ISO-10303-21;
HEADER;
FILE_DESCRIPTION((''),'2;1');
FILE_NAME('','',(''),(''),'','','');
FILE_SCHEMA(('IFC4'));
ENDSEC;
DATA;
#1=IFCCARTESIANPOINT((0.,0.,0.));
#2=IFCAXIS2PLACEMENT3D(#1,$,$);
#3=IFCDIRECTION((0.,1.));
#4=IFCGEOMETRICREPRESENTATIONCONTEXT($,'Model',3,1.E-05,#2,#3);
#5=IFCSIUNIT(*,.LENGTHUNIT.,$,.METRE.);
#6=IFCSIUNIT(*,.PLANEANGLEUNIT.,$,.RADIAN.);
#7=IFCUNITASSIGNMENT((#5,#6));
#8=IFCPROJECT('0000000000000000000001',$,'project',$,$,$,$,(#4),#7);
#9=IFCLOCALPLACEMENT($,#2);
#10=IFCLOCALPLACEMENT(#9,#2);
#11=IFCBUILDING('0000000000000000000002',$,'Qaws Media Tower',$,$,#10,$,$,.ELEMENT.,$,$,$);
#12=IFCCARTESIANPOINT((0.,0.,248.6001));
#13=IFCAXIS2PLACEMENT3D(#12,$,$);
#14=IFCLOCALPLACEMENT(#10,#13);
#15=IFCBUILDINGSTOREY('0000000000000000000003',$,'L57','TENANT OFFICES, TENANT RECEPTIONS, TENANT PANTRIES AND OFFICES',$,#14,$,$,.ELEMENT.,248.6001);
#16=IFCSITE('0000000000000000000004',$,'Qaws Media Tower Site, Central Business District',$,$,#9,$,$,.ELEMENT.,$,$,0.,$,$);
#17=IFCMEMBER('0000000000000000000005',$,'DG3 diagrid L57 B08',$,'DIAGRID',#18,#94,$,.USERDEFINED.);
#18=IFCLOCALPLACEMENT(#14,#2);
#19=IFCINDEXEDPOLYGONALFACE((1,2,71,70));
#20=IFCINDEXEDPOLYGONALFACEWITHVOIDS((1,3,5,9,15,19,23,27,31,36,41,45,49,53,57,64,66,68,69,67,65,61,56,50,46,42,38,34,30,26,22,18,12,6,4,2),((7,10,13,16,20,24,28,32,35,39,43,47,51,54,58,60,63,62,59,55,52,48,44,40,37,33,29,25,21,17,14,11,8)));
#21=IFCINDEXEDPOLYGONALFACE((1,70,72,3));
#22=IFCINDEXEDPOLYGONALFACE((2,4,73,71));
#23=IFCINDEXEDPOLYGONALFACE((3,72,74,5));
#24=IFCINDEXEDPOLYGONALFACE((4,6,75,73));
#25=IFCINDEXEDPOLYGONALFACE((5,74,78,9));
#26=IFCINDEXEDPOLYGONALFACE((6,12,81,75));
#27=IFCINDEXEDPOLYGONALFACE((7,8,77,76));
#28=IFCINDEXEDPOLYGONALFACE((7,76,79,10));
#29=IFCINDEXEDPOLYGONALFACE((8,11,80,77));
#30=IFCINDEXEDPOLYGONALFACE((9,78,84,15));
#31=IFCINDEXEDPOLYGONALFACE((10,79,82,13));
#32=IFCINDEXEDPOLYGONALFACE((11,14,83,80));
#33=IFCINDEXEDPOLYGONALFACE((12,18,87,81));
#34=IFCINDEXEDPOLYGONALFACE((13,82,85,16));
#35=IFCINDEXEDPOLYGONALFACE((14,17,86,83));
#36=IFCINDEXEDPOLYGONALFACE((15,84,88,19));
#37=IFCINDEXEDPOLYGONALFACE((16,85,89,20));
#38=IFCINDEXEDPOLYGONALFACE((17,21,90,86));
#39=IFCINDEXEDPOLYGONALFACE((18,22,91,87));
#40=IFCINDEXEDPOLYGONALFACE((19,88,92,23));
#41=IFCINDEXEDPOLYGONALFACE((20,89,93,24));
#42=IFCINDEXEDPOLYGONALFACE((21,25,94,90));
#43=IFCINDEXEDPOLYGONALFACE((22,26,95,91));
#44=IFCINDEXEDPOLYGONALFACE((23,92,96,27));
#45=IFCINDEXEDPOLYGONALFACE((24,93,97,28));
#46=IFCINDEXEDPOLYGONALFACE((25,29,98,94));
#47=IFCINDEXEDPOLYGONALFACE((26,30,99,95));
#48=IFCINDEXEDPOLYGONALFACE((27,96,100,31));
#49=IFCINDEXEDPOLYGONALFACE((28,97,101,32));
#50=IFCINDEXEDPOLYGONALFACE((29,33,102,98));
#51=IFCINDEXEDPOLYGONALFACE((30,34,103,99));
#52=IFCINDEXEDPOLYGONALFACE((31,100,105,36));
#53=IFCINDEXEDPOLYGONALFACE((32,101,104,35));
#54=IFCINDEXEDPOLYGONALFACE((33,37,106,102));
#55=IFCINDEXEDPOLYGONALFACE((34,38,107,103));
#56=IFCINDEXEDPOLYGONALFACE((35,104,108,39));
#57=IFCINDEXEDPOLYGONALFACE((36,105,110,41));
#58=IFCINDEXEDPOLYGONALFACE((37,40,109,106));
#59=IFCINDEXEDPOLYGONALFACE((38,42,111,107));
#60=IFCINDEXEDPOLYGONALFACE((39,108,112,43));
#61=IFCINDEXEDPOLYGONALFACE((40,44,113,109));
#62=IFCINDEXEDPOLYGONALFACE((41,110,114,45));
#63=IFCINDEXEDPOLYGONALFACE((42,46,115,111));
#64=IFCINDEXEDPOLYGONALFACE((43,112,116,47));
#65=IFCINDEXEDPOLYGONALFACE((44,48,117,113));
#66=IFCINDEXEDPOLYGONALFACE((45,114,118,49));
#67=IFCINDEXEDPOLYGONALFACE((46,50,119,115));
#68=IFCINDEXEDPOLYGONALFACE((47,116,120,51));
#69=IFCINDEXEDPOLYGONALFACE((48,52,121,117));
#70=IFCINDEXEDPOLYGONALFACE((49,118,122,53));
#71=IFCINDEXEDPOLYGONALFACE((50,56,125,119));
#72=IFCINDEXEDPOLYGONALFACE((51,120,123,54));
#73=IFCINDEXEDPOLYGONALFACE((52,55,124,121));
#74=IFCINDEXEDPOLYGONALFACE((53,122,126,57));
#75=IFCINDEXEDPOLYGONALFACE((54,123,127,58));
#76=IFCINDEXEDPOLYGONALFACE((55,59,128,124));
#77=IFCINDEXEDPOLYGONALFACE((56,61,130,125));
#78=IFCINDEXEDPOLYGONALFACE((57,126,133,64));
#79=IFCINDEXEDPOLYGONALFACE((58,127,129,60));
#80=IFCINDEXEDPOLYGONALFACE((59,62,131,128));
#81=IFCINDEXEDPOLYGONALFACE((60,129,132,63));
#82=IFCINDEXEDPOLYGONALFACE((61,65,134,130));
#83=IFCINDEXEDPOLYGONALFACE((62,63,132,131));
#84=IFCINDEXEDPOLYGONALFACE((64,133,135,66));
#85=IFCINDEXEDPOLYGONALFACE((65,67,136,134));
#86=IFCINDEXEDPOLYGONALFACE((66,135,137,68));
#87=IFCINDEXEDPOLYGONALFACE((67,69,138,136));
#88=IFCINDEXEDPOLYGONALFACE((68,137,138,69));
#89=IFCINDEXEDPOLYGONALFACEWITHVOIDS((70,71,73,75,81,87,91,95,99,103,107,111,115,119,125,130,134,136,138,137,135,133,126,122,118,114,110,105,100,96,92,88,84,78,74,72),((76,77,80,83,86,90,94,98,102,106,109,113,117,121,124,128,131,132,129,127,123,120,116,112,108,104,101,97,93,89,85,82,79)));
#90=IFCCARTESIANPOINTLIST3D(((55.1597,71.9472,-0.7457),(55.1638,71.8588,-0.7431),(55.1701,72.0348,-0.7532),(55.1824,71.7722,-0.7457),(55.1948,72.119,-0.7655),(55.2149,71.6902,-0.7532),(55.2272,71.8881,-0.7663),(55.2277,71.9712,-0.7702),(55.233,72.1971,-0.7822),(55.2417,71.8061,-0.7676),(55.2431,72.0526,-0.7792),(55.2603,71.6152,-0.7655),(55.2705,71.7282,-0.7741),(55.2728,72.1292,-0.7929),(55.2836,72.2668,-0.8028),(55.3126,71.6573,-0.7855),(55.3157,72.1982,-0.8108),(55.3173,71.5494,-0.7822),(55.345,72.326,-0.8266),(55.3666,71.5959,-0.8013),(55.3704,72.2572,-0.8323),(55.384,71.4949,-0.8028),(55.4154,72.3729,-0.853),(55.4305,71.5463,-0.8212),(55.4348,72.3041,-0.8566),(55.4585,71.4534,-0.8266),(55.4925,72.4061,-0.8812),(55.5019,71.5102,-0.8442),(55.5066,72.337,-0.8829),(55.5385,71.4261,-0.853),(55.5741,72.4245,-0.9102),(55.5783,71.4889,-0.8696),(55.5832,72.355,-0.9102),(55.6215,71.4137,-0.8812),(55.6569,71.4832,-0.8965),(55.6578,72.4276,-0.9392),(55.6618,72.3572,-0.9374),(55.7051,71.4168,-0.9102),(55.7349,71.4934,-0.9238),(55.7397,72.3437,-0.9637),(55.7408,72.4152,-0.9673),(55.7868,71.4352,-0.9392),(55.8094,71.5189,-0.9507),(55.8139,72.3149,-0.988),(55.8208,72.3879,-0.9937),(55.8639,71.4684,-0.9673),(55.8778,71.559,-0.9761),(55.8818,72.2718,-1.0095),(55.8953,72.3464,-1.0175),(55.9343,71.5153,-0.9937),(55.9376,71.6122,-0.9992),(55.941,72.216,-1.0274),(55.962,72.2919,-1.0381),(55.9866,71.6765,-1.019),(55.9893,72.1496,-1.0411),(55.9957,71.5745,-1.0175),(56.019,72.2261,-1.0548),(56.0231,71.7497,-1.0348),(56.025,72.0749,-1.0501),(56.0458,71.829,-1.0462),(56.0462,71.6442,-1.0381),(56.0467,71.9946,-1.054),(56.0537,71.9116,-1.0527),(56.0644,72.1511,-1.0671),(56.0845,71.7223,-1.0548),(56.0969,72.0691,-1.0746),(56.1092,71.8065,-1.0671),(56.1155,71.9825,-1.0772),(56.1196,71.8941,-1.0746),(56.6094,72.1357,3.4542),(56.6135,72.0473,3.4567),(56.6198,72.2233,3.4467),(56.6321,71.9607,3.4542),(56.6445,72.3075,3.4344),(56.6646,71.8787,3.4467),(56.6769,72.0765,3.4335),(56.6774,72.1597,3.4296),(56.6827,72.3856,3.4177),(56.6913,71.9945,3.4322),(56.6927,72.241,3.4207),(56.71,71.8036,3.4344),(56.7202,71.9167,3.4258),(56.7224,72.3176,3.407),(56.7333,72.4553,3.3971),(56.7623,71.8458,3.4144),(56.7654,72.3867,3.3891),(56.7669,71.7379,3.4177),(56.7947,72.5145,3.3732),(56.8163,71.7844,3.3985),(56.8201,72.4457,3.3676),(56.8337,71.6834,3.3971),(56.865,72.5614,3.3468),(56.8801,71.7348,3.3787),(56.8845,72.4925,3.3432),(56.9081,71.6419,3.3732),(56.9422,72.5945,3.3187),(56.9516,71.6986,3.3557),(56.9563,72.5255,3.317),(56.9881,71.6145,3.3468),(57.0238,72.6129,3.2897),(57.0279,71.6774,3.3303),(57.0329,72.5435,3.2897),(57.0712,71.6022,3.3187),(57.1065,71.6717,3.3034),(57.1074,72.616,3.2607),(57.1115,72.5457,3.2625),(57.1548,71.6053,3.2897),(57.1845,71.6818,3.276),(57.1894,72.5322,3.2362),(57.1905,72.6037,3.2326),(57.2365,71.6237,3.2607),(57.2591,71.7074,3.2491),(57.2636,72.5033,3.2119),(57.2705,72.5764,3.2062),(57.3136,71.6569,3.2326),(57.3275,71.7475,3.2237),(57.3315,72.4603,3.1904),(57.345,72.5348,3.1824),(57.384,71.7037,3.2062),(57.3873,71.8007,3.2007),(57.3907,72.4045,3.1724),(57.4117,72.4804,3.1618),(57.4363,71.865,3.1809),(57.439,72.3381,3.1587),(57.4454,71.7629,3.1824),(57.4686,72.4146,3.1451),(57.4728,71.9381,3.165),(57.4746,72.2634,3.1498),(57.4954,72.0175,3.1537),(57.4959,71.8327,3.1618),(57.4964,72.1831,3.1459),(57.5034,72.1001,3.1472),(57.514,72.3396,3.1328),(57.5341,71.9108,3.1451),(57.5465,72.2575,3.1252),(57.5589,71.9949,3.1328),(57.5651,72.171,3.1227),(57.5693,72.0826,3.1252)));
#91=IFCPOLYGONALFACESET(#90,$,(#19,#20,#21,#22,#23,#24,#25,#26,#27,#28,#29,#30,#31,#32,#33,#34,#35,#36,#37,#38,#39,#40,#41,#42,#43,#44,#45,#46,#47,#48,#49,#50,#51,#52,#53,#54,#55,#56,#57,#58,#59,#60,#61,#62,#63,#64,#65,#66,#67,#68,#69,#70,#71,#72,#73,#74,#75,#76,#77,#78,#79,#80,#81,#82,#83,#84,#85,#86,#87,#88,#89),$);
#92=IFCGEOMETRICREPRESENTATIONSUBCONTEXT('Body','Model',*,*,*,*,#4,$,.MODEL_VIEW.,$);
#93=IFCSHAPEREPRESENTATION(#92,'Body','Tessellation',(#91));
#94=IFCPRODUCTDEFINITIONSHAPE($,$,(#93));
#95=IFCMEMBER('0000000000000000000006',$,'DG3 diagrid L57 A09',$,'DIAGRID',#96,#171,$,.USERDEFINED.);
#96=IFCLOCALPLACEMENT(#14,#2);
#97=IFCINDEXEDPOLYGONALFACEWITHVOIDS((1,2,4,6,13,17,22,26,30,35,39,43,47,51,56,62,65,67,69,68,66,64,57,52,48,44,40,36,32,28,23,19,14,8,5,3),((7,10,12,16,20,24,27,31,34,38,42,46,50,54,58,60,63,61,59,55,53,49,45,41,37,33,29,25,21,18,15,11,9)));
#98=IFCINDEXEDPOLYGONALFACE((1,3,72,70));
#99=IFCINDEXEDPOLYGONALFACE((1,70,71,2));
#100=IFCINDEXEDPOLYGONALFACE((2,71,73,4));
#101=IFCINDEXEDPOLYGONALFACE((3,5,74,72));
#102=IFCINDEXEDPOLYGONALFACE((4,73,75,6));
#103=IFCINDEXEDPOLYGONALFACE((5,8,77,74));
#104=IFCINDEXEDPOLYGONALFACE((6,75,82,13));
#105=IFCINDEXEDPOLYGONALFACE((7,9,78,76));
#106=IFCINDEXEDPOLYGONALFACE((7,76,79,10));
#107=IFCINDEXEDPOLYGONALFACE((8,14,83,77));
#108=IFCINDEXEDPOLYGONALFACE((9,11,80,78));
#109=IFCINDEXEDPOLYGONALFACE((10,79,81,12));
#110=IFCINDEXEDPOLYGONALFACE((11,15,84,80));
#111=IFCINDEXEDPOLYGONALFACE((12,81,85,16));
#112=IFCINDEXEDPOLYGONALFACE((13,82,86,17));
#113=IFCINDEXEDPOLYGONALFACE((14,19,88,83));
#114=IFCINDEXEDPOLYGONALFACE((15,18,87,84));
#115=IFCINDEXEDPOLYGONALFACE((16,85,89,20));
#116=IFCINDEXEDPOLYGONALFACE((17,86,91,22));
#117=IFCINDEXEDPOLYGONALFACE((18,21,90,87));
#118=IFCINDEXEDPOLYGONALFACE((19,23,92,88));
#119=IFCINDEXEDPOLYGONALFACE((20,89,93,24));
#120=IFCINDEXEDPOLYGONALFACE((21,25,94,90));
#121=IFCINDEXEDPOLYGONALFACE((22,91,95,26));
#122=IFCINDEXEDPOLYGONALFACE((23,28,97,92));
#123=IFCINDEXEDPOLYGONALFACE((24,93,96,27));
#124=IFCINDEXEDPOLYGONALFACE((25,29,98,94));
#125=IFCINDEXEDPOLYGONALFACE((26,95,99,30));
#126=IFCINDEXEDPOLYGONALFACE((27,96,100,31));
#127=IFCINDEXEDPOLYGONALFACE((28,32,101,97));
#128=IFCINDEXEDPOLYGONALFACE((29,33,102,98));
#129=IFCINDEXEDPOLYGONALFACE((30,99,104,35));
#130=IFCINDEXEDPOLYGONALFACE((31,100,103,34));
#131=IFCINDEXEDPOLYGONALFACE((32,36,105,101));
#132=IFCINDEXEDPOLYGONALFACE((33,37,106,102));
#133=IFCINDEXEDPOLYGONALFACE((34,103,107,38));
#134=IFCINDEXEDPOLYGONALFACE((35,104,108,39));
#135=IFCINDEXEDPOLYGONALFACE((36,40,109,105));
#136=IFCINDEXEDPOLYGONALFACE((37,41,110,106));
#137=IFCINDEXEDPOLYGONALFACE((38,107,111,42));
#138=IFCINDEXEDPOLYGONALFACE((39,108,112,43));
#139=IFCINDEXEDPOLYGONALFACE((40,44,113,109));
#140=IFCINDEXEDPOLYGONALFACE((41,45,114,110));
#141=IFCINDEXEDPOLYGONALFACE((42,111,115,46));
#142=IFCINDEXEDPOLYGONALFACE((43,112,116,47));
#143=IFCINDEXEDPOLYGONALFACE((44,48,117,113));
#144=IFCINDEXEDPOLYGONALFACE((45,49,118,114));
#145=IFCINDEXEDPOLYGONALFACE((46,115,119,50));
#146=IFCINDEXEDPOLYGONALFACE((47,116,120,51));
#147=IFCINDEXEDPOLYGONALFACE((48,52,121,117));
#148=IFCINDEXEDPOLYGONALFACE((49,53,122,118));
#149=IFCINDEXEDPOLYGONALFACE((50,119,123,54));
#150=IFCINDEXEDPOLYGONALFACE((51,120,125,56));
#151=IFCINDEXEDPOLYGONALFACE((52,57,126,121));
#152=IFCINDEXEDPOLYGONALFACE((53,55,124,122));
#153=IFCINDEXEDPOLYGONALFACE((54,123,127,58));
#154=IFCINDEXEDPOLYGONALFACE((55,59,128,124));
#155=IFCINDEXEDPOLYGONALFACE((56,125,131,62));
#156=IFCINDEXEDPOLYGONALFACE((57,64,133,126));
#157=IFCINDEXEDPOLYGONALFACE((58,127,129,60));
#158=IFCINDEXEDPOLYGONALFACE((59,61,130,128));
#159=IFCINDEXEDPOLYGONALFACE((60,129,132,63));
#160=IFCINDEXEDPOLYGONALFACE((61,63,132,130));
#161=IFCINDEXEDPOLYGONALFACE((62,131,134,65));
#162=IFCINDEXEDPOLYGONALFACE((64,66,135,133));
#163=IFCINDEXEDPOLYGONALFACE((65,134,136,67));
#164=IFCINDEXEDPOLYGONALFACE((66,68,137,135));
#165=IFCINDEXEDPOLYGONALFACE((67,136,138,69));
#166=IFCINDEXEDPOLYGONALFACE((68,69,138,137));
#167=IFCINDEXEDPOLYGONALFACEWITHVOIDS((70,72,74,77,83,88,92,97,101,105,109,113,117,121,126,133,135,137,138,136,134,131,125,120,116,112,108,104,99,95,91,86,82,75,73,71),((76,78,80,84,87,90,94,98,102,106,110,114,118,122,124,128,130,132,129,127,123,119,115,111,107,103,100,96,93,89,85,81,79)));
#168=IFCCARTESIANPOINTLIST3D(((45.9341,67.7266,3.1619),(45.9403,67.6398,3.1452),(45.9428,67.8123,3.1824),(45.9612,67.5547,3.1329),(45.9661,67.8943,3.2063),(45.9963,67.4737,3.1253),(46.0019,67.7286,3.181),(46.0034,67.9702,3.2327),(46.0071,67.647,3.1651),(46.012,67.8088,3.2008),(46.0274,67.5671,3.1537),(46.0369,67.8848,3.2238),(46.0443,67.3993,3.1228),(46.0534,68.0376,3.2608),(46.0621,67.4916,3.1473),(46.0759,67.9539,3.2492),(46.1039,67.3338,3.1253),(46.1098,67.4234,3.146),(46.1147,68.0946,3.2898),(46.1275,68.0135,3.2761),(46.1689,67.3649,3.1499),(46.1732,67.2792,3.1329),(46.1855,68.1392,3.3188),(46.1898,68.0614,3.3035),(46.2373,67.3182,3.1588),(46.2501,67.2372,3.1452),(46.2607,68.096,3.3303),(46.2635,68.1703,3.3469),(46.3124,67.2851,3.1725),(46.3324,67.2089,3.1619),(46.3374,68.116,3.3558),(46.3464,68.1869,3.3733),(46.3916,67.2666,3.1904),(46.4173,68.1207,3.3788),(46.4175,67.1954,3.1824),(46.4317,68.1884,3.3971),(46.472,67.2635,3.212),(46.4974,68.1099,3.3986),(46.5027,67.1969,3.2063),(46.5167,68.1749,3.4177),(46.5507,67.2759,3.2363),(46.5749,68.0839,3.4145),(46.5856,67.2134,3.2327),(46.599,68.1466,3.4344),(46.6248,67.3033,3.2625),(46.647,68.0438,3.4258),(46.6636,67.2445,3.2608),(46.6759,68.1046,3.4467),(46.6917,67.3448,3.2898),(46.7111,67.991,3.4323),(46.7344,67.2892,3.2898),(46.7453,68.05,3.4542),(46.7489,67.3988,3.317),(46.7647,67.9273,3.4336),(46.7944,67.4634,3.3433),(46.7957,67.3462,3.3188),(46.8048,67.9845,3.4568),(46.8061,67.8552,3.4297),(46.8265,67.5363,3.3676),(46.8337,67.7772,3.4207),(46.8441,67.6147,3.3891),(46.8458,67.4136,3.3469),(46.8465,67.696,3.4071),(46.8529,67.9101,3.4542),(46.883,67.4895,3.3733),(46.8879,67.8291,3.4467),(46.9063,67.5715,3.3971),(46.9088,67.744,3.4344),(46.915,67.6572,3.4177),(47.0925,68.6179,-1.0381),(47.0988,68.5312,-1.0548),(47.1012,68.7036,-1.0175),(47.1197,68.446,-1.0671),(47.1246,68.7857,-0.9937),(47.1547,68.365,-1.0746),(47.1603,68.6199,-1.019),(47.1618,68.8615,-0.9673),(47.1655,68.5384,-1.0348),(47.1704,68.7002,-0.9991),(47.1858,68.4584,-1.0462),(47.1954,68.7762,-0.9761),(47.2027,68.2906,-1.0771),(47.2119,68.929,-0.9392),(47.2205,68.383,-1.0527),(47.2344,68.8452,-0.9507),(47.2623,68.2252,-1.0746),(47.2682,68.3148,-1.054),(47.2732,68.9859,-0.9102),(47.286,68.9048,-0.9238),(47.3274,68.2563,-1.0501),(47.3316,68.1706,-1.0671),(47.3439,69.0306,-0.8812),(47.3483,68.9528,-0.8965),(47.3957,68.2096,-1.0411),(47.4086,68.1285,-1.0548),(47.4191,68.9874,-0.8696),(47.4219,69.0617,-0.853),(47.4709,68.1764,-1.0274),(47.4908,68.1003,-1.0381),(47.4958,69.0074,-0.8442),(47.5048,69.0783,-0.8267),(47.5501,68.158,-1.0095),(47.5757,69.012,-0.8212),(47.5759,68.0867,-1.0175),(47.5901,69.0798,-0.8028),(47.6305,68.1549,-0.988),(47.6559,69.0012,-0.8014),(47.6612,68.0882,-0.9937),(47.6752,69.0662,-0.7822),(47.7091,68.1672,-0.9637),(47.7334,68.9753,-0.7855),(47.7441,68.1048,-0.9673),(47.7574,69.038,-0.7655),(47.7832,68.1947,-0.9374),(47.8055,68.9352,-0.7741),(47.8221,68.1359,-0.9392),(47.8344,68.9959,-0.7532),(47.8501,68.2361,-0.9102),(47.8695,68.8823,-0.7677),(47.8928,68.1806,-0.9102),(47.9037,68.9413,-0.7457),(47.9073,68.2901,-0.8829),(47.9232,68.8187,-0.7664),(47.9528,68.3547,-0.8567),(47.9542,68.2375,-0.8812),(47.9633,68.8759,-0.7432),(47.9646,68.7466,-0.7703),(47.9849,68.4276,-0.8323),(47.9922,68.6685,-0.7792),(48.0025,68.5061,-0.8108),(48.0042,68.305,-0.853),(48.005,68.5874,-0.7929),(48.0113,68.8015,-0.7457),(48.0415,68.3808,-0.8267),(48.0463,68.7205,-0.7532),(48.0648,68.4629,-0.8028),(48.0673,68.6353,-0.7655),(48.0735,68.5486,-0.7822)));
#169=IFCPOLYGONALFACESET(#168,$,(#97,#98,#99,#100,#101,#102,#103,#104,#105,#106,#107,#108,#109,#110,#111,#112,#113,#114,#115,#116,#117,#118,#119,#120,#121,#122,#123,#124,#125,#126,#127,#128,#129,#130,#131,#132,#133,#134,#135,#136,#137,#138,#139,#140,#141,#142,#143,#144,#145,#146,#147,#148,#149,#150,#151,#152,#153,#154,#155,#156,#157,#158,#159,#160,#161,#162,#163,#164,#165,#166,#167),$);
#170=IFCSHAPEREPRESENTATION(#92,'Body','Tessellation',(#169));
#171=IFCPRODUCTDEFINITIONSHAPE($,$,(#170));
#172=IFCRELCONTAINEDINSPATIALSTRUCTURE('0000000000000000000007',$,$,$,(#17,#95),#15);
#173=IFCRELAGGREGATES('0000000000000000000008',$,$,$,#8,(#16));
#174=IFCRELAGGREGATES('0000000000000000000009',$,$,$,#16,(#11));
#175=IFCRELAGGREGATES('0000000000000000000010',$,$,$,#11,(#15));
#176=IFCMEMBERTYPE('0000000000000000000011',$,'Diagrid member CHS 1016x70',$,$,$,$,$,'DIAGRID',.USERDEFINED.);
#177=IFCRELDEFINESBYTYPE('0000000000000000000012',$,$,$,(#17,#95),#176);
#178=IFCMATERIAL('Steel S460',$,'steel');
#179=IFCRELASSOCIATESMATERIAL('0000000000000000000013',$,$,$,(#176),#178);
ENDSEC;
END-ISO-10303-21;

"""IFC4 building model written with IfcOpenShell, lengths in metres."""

from ifc_helpers import new_model, si_unit, direction, frame, origin, origin_2d, place, context, subcontext, project, spatial, hollow_circle, extrude, material, material_profile, profile_set, type_object, element, save


model = new_model("IFC4")

# Units and contexts
model_context = context("Model", 3, precision=1e-05, world=origin(), true_north=direction((0.0, 1.0)))
body_context = subcontext(model_context, "Body", "Model", "MODEL_VIEW")
ifc_project = project(units=[si_unit("LENGTHUNIT", "METRE"), si_unit("PLANEANGLEUNIT", "RADIAN")], contexts=[model_context])

# Site, building, storey
site_placement = place(None, origin())
site = spatial("IfcSite", under=ifc_project, at=site_placement, Name="Qaws Media Tower Site, Central Business District", CompositionType="ELEMENT", RefElevation=0.0)
building_placement = place(site_placement, origin())
building = spatial("IfcBuilding", under=site, at=building_placement, Name="Qaws Media Tower", CompositionType="ELEMENT")
storey_placement = place(building_placement, frame((0.0, 0.0, 248.6001)))
storey = spatial("IfcBuildingStorey", under=building, at=storey_placement, Name="L57", Description="TENANT OFFICES, TENANT RECEPTIONS, TENANT PANTRIES AND OFFICES", CompositionType="ELEMENT", Elevation=248.6001)

# Members
ifc_material_1 = material(Name="Steel S460", Category="steel")
ifc_material_profile_1 = material_profile(ifc_material_1, hollow_circle(Radius=0.5081, WallThickness=0.0701, at=origin_2d()), Name="CHS 1016x70")
ifc_profile_set_1 = profile_set([ifc_material_profile_1], Name="Steel S460")
member_type_1 = type_object("IfcMemberType", Name="Diagrid member CHS 1016x70", ElementType="DIAGRID", PredefinedType="USERDEFINED", material=ifc_profile_set_1)
for number, where, z_axis, x_axis, name in (
    (1, (55.6396, 71.9207, -0.9102), (0.325989, 0.042382, 0.944423), (-0.128925, 0.991654, 0.0), "DG3 diagrid L57 B08"),
    (2, (47.583, 68.5833, -0.9102), (-0.260499, -0.200439, 0.944439), (0.609816, -0.792543, 0.0), "DG3 diagrid L57 A09"),
):
    element("IfcMember", number, at=place(storey_placement, frame(where, z_axis=z_axis, x_axis=x_axis)), inside=storey, type_object=member_type_1, Name=name, ObjectType="DIAGRID", PredefinedType="USERDEFINED", context=body_context, shape_type="SweptSolid", body=[
        extrude(hollow_circle(Radius=0.5081, WallThickness=0.0701, at=origin_2d()), origin(), (0.0, 0.0, 1.0), 4.447),
    ])

save(model, "model.ifc")
